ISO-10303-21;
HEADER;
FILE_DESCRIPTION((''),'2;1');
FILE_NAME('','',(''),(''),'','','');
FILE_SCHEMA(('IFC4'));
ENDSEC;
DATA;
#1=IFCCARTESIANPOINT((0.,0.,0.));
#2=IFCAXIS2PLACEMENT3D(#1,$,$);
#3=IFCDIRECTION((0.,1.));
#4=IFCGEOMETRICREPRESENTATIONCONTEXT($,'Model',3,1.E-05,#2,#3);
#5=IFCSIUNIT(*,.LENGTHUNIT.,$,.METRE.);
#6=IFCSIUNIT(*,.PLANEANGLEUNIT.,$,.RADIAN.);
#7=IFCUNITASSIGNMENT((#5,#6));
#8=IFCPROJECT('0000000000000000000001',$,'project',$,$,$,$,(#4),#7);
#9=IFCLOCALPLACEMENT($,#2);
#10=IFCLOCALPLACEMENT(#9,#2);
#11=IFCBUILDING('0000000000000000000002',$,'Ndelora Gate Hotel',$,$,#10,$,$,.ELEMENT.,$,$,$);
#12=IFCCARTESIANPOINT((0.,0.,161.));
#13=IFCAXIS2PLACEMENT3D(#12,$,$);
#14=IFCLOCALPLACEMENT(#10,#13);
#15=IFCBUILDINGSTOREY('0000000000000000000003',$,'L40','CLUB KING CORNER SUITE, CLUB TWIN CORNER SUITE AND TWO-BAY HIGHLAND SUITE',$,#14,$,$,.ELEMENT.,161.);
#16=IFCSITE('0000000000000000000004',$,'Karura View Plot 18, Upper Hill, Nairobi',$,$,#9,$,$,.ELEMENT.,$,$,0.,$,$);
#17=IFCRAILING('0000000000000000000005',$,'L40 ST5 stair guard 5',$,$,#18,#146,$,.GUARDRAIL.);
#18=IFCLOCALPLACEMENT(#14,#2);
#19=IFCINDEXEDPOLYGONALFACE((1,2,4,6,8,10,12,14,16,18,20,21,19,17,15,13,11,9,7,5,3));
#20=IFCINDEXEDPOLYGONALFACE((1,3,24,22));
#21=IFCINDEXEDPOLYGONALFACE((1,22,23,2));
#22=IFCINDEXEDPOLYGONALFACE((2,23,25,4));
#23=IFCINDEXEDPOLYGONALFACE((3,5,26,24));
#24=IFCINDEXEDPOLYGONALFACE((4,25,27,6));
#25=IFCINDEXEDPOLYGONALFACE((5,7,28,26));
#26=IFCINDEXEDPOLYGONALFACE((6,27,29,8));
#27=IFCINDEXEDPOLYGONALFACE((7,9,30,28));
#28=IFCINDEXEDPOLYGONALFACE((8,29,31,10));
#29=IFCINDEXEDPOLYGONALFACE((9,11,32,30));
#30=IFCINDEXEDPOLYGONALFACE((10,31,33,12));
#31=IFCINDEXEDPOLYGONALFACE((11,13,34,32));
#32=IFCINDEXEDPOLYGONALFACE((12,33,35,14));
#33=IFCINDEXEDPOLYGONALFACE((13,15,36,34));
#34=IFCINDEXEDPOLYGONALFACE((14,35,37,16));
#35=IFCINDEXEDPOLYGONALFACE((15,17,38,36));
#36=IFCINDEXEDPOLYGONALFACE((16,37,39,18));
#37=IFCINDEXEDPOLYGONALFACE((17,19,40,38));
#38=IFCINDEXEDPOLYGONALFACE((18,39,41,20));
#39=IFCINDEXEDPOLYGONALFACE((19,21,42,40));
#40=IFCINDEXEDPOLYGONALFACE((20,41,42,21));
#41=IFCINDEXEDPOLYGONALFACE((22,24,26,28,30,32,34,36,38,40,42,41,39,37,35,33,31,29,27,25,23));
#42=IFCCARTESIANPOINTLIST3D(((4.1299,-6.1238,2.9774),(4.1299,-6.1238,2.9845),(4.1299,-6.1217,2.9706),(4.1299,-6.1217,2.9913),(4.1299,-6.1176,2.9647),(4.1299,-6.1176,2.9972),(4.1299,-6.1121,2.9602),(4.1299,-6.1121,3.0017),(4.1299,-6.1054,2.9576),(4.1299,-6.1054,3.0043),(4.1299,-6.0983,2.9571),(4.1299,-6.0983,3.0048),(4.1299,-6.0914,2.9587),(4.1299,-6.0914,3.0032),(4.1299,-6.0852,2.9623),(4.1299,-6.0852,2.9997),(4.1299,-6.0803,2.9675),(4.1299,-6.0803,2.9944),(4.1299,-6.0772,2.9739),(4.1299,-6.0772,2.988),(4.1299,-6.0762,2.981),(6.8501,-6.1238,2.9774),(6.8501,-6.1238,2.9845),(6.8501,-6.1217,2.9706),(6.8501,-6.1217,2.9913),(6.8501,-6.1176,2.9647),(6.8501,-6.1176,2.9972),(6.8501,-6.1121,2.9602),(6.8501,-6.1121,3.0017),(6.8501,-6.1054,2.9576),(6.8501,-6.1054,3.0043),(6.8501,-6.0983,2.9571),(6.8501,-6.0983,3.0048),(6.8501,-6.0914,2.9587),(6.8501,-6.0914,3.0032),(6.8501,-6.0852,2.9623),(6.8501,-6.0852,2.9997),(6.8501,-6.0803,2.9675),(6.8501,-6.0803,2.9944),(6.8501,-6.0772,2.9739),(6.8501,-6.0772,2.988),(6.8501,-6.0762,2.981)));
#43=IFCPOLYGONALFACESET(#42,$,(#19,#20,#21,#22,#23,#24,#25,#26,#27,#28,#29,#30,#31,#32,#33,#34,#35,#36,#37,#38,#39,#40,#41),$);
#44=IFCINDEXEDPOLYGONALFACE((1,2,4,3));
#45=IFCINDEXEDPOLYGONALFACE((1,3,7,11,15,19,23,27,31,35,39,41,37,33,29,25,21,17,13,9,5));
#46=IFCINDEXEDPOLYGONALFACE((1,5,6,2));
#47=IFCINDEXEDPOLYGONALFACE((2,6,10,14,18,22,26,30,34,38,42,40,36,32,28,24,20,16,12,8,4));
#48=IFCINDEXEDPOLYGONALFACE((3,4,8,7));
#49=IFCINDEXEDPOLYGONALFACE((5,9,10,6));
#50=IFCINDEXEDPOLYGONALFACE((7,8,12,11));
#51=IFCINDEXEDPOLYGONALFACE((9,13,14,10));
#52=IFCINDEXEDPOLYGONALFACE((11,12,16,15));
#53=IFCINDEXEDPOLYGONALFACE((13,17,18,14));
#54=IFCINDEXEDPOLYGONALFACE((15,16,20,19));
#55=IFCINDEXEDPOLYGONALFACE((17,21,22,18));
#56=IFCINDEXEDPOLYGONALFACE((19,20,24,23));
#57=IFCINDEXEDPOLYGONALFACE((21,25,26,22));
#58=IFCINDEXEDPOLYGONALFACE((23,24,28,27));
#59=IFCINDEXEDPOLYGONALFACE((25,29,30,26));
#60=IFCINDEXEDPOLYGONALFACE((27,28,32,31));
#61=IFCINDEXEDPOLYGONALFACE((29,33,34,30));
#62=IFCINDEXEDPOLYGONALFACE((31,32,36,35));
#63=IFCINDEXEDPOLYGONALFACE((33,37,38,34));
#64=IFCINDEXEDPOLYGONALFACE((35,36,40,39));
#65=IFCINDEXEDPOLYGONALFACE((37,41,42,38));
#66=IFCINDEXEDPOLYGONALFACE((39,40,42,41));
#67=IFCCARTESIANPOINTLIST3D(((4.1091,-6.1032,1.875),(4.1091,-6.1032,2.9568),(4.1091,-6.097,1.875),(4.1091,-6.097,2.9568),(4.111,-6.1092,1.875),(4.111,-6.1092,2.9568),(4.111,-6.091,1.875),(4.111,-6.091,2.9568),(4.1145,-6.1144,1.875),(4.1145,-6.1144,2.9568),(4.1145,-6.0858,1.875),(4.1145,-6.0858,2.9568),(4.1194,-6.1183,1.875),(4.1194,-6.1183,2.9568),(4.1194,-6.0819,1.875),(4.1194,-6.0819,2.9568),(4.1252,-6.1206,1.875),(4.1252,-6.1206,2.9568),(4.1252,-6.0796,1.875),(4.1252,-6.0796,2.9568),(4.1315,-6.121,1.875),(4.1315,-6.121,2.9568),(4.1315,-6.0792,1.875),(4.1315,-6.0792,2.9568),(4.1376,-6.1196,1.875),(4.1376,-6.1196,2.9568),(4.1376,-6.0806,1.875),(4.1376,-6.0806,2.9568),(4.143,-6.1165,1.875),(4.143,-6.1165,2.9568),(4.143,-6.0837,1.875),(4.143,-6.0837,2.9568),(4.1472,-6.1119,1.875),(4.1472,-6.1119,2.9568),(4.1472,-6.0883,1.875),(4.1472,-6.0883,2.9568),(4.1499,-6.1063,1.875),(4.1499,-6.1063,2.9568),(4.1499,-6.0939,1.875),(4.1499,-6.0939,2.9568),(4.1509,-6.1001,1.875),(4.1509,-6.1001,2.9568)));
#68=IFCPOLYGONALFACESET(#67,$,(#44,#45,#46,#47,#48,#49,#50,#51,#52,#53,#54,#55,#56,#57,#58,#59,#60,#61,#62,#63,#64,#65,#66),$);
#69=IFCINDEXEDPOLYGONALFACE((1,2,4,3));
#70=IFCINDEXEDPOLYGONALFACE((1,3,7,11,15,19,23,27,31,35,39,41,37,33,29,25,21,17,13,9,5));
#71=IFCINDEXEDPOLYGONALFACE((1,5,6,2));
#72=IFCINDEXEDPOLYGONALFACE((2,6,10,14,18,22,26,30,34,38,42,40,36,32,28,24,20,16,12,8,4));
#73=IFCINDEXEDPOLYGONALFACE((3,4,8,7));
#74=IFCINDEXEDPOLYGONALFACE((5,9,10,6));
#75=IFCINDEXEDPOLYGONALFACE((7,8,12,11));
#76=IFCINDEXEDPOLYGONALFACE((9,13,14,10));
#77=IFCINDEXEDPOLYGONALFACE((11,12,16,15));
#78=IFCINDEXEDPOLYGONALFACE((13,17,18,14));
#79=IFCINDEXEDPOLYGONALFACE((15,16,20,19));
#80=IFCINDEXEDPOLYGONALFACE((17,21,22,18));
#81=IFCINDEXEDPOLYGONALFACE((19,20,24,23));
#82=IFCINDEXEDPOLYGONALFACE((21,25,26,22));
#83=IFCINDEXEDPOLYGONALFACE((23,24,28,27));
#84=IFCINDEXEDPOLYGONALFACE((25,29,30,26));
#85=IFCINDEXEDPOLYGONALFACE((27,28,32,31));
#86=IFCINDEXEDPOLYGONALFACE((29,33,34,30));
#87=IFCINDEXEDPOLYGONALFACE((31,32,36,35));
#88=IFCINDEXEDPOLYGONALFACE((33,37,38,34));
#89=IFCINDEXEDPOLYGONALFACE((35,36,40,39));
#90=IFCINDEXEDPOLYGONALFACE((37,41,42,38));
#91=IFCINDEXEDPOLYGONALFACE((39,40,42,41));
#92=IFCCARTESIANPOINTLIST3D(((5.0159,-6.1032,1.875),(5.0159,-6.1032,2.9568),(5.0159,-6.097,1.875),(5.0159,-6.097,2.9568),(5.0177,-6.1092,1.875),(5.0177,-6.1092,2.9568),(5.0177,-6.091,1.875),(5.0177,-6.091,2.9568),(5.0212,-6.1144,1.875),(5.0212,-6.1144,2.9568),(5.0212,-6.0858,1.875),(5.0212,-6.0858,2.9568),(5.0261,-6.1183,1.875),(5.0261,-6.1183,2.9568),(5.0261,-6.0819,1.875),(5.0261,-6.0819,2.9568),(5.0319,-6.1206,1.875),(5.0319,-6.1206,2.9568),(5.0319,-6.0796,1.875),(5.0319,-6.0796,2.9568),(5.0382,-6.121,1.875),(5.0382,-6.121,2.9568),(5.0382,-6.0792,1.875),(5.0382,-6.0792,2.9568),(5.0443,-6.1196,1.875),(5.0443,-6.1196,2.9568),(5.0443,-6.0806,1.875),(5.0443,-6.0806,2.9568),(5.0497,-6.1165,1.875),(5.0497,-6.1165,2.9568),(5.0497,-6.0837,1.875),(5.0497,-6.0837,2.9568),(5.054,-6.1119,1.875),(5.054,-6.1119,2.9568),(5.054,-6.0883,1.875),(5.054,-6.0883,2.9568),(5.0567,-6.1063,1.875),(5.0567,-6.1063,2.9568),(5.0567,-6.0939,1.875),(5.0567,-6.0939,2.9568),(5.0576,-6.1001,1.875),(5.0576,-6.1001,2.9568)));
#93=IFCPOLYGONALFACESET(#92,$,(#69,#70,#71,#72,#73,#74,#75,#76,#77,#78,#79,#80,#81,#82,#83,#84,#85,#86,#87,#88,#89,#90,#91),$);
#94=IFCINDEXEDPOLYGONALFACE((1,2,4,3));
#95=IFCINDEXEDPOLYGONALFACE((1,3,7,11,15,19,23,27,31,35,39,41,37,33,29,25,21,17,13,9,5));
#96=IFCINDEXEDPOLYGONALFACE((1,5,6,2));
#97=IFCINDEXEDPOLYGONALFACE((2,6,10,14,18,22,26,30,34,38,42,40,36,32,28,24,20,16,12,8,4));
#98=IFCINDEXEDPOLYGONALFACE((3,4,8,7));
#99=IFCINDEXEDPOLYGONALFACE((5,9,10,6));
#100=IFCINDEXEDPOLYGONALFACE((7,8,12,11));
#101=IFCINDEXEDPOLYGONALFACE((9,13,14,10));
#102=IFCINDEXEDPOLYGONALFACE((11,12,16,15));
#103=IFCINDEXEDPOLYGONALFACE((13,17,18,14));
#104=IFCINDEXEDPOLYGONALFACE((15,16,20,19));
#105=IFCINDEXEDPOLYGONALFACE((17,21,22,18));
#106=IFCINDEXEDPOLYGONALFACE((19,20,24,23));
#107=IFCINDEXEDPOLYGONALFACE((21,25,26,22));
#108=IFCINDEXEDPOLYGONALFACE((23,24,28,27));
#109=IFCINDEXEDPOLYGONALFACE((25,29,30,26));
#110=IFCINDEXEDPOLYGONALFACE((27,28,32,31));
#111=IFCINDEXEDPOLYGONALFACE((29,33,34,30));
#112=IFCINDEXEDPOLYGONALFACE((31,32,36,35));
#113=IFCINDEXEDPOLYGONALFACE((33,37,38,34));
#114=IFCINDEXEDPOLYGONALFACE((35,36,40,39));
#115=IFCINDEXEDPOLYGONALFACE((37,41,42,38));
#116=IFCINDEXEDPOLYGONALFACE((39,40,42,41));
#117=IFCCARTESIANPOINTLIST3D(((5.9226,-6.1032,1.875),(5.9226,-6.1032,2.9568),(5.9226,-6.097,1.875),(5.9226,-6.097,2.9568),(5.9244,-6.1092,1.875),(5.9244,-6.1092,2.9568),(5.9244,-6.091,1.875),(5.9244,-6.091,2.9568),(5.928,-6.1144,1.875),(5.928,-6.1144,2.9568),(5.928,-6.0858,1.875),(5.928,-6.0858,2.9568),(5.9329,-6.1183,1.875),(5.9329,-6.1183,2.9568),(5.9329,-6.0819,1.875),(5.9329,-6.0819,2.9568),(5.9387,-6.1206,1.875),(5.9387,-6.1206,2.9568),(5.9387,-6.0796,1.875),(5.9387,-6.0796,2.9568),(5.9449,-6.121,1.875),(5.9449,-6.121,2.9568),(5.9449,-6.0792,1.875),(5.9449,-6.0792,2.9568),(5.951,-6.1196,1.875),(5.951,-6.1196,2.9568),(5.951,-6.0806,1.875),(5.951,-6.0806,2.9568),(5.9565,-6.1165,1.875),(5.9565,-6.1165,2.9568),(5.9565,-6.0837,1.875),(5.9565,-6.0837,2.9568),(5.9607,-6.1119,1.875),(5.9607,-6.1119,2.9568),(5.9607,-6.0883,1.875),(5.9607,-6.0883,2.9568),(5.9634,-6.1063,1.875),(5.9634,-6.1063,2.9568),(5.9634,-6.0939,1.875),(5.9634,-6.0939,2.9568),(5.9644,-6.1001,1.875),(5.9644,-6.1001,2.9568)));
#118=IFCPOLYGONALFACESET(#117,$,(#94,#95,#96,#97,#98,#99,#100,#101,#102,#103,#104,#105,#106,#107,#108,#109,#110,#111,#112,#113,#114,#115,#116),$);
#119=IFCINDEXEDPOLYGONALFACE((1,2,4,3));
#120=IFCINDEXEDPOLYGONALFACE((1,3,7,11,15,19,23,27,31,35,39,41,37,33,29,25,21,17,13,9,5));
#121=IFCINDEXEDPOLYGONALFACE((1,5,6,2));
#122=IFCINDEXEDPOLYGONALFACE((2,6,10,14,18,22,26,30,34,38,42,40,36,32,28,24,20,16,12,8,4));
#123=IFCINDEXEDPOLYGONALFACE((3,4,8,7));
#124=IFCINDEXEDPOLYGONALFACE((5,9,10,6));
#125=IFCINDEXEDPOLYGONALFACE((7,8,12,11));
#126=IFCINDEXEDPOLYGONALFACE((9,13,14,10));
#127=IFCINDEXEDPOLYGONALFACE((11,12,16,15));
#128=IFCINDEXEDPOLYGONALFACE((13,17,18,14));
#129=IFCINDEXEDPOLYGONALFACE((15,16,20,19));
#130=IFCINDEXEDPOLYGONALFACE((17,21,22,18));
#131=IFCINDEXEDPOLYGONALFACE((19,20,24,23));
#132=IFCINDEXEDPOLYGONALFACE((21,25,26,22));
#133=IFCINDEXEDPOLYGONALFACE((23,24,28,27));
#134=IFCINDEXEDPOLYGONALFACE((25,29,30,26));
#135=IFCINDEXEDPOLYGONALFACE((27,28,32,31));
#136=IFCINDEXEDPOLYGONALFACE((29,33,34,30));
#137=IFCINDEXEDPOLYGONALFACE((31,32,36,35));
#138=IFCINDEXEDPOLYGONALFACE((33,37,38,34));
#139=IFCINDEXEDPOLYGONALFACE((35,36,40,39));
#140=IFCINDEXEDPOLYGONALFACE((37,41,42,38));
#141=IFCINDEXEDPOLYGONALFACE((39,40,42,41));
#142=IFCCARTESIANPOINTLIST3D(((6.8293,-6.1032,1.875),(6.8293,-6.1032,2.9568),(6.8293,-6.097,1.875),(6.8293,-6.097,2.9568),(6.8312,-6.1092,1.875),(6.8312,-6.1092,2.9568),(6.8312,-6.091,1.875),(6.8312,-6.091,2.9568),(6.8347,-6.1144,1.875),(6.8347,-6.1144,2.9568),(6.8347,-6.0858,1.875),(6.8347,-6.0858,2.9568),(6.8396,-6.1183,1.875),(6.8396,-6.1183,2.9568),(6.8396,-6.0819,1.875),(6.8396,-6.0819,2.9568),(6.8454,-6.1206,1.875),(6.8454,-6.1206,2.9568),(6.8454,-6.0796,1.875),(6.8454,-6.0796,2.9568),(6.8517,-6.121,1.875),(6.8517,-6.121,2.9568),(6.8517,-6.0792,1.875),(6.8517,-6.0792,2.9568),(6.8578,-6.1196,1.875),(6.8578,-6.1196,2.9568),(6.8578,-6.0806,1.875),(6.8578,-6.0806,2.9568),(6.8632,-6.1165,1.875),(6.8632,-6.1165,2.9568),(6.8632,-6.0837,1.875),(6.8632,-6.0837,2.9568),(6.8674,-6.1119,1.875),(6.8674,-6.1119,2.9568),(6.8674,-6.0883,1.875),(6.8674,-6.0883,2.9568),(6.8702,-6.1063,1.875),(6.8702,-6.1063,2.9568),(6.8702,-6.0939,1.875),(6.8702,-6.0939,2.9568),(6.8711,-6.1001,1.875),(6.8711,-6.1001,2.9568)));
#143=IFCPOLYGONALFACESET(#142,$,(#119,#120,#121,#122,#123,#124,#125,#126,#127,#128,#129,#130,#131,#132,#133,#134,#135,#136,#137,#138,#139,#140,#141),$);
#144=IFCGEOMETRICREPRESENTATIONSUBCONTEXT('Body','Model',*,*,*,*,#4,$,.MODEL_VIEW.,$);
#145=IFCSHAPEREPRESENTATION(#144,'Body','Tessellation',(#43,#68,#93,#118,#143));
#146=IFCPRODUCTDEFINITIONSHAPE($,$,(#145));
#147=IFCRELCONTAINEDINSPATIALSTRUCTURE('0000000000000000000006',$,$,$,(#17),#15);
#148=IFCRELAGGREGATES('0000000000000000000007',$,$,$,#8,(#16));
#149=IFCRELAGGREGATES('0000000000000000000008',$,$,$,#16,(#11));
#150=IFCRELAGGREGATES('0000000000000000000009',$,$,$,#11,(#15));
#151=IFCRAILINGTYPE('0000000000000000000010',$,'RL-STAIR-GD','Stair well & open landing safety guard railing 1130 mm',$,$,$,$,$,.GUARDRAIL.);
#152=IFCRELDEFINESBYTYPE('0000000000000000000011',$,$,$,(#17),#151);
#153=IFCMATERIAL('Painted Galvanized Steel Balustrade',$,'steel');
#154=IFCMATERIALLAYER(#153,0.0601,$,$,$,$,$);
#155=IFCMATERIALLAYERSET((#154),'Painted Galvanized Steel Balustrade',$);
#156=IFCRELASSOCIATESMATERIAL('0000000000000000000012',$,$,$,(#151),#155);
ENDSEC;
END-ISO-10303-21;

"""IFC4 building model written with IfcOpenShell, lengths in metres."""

from ifc_helpers import new_model, si_unit, direction, frame, origin, origin_2d, place, context, subcontext, project, spatial, circle, extrude, material, layer, layer_set, type_object, element, save


model = new_model("IFC4")

# Units and contexts
model_context = context("Model", 3, precision=1e-05, world=origin(), true_north=direction((0.0, 1.0)))
body_context = subcontext(model_context, "Body", "Model", "MODEL_VIEW")
ifc_project = project(units=[si_unit("LENGTHUNIT", "METRE"), si_unit("PLANEANGLEUNIT", "RADIAN")], contexts=[model_context])

# Site, building, storey
site_placement = place(None, origin())
site = spatial("IfcSite", under=ifc_project, at=site_placement, Name="Karura View Plot 18, Upper Hill, Nairobi", CompositionType="ELEMENT", RefElevation=0.0)
building_placement = place(site_placement, origin())
building = spatial("IfcBuilding", under=site, at=building_placement, Name="Ndelora Gate Hotel", CompositionType="ELEMENT")
storey_placement = place(building_placement, frame((0.0, 0.0, 161.0)))
storey = spatial("IfcBuildingStorey", under=building, at=storey_placement, Name="L40", Description="CLUB KING CORNER SUITE, CLUB TWIN CORNER SUITE AND TWO-BAY HIGHLAND SUITE", CompositionType="ELEMENT", Elevation=161.0)

# Railing
ifc_material_1 = material(Name="Painted Galvanized Steel Balustrade", Category="steel")
ifc_layer_1 = layer(ifc_material_1, 0.0601)
ifc_layer_set_1 = layer_set([ifc_layer_1], Name="Painted Galvanized Steel Balustrade")
railing_type_1 = type_object("IfcRailingType", Name="RL-STAIR-GD", Description="Stair well & open landing safety guard railing 1130 mm", PredefinedType="GUARDRAIL", material=ifc_layer_set_1)
railing_1_placement = place(storey_placement, frame((4.1299, -6.1001, 1.875)))
element("IfcRailing", 1, at=railing_1_placement, inside=storey, type_object=railing_type_1, Name="L40 ST5 stair guard 5", PredefinedType="GUARDRAIL", context=body_context, shape_type="SweptSolid", body=[
    extrude(circle(Radius=0.0239, at=origin_2d()), frame((0.0, 0.0, 1.106), z_axis=(1.0, 0.0, 0.0), x_axis=(0.0, 1.0, 0.0)), (0.0, 0.0, 1.0), 2.7202),
    extrude(circle(Radius=0.021, at=origin_2d()), origin(), (0.0, 0.0, 1.0), 1.0818),
    extrude(circle(Radius=0.021, at=origin_2d()), frame((0.9067, 0.0, 0.0)), (0.0, 0.0, 1.0), 1.0818),
    extrude(circle(Radius=0.021, at=origin_2d()), frame((1.8135, 0.0, 0.0)), (0.0, 0.0, 1.0), 1.0818),
    extrude(circle(Radius=0.021, at=origin_2d()), frame((2.7202, 0.0, 0.0)), (0.0, 0.0, 1.0), 1.0818),
])

save(model, "model.ifc")
